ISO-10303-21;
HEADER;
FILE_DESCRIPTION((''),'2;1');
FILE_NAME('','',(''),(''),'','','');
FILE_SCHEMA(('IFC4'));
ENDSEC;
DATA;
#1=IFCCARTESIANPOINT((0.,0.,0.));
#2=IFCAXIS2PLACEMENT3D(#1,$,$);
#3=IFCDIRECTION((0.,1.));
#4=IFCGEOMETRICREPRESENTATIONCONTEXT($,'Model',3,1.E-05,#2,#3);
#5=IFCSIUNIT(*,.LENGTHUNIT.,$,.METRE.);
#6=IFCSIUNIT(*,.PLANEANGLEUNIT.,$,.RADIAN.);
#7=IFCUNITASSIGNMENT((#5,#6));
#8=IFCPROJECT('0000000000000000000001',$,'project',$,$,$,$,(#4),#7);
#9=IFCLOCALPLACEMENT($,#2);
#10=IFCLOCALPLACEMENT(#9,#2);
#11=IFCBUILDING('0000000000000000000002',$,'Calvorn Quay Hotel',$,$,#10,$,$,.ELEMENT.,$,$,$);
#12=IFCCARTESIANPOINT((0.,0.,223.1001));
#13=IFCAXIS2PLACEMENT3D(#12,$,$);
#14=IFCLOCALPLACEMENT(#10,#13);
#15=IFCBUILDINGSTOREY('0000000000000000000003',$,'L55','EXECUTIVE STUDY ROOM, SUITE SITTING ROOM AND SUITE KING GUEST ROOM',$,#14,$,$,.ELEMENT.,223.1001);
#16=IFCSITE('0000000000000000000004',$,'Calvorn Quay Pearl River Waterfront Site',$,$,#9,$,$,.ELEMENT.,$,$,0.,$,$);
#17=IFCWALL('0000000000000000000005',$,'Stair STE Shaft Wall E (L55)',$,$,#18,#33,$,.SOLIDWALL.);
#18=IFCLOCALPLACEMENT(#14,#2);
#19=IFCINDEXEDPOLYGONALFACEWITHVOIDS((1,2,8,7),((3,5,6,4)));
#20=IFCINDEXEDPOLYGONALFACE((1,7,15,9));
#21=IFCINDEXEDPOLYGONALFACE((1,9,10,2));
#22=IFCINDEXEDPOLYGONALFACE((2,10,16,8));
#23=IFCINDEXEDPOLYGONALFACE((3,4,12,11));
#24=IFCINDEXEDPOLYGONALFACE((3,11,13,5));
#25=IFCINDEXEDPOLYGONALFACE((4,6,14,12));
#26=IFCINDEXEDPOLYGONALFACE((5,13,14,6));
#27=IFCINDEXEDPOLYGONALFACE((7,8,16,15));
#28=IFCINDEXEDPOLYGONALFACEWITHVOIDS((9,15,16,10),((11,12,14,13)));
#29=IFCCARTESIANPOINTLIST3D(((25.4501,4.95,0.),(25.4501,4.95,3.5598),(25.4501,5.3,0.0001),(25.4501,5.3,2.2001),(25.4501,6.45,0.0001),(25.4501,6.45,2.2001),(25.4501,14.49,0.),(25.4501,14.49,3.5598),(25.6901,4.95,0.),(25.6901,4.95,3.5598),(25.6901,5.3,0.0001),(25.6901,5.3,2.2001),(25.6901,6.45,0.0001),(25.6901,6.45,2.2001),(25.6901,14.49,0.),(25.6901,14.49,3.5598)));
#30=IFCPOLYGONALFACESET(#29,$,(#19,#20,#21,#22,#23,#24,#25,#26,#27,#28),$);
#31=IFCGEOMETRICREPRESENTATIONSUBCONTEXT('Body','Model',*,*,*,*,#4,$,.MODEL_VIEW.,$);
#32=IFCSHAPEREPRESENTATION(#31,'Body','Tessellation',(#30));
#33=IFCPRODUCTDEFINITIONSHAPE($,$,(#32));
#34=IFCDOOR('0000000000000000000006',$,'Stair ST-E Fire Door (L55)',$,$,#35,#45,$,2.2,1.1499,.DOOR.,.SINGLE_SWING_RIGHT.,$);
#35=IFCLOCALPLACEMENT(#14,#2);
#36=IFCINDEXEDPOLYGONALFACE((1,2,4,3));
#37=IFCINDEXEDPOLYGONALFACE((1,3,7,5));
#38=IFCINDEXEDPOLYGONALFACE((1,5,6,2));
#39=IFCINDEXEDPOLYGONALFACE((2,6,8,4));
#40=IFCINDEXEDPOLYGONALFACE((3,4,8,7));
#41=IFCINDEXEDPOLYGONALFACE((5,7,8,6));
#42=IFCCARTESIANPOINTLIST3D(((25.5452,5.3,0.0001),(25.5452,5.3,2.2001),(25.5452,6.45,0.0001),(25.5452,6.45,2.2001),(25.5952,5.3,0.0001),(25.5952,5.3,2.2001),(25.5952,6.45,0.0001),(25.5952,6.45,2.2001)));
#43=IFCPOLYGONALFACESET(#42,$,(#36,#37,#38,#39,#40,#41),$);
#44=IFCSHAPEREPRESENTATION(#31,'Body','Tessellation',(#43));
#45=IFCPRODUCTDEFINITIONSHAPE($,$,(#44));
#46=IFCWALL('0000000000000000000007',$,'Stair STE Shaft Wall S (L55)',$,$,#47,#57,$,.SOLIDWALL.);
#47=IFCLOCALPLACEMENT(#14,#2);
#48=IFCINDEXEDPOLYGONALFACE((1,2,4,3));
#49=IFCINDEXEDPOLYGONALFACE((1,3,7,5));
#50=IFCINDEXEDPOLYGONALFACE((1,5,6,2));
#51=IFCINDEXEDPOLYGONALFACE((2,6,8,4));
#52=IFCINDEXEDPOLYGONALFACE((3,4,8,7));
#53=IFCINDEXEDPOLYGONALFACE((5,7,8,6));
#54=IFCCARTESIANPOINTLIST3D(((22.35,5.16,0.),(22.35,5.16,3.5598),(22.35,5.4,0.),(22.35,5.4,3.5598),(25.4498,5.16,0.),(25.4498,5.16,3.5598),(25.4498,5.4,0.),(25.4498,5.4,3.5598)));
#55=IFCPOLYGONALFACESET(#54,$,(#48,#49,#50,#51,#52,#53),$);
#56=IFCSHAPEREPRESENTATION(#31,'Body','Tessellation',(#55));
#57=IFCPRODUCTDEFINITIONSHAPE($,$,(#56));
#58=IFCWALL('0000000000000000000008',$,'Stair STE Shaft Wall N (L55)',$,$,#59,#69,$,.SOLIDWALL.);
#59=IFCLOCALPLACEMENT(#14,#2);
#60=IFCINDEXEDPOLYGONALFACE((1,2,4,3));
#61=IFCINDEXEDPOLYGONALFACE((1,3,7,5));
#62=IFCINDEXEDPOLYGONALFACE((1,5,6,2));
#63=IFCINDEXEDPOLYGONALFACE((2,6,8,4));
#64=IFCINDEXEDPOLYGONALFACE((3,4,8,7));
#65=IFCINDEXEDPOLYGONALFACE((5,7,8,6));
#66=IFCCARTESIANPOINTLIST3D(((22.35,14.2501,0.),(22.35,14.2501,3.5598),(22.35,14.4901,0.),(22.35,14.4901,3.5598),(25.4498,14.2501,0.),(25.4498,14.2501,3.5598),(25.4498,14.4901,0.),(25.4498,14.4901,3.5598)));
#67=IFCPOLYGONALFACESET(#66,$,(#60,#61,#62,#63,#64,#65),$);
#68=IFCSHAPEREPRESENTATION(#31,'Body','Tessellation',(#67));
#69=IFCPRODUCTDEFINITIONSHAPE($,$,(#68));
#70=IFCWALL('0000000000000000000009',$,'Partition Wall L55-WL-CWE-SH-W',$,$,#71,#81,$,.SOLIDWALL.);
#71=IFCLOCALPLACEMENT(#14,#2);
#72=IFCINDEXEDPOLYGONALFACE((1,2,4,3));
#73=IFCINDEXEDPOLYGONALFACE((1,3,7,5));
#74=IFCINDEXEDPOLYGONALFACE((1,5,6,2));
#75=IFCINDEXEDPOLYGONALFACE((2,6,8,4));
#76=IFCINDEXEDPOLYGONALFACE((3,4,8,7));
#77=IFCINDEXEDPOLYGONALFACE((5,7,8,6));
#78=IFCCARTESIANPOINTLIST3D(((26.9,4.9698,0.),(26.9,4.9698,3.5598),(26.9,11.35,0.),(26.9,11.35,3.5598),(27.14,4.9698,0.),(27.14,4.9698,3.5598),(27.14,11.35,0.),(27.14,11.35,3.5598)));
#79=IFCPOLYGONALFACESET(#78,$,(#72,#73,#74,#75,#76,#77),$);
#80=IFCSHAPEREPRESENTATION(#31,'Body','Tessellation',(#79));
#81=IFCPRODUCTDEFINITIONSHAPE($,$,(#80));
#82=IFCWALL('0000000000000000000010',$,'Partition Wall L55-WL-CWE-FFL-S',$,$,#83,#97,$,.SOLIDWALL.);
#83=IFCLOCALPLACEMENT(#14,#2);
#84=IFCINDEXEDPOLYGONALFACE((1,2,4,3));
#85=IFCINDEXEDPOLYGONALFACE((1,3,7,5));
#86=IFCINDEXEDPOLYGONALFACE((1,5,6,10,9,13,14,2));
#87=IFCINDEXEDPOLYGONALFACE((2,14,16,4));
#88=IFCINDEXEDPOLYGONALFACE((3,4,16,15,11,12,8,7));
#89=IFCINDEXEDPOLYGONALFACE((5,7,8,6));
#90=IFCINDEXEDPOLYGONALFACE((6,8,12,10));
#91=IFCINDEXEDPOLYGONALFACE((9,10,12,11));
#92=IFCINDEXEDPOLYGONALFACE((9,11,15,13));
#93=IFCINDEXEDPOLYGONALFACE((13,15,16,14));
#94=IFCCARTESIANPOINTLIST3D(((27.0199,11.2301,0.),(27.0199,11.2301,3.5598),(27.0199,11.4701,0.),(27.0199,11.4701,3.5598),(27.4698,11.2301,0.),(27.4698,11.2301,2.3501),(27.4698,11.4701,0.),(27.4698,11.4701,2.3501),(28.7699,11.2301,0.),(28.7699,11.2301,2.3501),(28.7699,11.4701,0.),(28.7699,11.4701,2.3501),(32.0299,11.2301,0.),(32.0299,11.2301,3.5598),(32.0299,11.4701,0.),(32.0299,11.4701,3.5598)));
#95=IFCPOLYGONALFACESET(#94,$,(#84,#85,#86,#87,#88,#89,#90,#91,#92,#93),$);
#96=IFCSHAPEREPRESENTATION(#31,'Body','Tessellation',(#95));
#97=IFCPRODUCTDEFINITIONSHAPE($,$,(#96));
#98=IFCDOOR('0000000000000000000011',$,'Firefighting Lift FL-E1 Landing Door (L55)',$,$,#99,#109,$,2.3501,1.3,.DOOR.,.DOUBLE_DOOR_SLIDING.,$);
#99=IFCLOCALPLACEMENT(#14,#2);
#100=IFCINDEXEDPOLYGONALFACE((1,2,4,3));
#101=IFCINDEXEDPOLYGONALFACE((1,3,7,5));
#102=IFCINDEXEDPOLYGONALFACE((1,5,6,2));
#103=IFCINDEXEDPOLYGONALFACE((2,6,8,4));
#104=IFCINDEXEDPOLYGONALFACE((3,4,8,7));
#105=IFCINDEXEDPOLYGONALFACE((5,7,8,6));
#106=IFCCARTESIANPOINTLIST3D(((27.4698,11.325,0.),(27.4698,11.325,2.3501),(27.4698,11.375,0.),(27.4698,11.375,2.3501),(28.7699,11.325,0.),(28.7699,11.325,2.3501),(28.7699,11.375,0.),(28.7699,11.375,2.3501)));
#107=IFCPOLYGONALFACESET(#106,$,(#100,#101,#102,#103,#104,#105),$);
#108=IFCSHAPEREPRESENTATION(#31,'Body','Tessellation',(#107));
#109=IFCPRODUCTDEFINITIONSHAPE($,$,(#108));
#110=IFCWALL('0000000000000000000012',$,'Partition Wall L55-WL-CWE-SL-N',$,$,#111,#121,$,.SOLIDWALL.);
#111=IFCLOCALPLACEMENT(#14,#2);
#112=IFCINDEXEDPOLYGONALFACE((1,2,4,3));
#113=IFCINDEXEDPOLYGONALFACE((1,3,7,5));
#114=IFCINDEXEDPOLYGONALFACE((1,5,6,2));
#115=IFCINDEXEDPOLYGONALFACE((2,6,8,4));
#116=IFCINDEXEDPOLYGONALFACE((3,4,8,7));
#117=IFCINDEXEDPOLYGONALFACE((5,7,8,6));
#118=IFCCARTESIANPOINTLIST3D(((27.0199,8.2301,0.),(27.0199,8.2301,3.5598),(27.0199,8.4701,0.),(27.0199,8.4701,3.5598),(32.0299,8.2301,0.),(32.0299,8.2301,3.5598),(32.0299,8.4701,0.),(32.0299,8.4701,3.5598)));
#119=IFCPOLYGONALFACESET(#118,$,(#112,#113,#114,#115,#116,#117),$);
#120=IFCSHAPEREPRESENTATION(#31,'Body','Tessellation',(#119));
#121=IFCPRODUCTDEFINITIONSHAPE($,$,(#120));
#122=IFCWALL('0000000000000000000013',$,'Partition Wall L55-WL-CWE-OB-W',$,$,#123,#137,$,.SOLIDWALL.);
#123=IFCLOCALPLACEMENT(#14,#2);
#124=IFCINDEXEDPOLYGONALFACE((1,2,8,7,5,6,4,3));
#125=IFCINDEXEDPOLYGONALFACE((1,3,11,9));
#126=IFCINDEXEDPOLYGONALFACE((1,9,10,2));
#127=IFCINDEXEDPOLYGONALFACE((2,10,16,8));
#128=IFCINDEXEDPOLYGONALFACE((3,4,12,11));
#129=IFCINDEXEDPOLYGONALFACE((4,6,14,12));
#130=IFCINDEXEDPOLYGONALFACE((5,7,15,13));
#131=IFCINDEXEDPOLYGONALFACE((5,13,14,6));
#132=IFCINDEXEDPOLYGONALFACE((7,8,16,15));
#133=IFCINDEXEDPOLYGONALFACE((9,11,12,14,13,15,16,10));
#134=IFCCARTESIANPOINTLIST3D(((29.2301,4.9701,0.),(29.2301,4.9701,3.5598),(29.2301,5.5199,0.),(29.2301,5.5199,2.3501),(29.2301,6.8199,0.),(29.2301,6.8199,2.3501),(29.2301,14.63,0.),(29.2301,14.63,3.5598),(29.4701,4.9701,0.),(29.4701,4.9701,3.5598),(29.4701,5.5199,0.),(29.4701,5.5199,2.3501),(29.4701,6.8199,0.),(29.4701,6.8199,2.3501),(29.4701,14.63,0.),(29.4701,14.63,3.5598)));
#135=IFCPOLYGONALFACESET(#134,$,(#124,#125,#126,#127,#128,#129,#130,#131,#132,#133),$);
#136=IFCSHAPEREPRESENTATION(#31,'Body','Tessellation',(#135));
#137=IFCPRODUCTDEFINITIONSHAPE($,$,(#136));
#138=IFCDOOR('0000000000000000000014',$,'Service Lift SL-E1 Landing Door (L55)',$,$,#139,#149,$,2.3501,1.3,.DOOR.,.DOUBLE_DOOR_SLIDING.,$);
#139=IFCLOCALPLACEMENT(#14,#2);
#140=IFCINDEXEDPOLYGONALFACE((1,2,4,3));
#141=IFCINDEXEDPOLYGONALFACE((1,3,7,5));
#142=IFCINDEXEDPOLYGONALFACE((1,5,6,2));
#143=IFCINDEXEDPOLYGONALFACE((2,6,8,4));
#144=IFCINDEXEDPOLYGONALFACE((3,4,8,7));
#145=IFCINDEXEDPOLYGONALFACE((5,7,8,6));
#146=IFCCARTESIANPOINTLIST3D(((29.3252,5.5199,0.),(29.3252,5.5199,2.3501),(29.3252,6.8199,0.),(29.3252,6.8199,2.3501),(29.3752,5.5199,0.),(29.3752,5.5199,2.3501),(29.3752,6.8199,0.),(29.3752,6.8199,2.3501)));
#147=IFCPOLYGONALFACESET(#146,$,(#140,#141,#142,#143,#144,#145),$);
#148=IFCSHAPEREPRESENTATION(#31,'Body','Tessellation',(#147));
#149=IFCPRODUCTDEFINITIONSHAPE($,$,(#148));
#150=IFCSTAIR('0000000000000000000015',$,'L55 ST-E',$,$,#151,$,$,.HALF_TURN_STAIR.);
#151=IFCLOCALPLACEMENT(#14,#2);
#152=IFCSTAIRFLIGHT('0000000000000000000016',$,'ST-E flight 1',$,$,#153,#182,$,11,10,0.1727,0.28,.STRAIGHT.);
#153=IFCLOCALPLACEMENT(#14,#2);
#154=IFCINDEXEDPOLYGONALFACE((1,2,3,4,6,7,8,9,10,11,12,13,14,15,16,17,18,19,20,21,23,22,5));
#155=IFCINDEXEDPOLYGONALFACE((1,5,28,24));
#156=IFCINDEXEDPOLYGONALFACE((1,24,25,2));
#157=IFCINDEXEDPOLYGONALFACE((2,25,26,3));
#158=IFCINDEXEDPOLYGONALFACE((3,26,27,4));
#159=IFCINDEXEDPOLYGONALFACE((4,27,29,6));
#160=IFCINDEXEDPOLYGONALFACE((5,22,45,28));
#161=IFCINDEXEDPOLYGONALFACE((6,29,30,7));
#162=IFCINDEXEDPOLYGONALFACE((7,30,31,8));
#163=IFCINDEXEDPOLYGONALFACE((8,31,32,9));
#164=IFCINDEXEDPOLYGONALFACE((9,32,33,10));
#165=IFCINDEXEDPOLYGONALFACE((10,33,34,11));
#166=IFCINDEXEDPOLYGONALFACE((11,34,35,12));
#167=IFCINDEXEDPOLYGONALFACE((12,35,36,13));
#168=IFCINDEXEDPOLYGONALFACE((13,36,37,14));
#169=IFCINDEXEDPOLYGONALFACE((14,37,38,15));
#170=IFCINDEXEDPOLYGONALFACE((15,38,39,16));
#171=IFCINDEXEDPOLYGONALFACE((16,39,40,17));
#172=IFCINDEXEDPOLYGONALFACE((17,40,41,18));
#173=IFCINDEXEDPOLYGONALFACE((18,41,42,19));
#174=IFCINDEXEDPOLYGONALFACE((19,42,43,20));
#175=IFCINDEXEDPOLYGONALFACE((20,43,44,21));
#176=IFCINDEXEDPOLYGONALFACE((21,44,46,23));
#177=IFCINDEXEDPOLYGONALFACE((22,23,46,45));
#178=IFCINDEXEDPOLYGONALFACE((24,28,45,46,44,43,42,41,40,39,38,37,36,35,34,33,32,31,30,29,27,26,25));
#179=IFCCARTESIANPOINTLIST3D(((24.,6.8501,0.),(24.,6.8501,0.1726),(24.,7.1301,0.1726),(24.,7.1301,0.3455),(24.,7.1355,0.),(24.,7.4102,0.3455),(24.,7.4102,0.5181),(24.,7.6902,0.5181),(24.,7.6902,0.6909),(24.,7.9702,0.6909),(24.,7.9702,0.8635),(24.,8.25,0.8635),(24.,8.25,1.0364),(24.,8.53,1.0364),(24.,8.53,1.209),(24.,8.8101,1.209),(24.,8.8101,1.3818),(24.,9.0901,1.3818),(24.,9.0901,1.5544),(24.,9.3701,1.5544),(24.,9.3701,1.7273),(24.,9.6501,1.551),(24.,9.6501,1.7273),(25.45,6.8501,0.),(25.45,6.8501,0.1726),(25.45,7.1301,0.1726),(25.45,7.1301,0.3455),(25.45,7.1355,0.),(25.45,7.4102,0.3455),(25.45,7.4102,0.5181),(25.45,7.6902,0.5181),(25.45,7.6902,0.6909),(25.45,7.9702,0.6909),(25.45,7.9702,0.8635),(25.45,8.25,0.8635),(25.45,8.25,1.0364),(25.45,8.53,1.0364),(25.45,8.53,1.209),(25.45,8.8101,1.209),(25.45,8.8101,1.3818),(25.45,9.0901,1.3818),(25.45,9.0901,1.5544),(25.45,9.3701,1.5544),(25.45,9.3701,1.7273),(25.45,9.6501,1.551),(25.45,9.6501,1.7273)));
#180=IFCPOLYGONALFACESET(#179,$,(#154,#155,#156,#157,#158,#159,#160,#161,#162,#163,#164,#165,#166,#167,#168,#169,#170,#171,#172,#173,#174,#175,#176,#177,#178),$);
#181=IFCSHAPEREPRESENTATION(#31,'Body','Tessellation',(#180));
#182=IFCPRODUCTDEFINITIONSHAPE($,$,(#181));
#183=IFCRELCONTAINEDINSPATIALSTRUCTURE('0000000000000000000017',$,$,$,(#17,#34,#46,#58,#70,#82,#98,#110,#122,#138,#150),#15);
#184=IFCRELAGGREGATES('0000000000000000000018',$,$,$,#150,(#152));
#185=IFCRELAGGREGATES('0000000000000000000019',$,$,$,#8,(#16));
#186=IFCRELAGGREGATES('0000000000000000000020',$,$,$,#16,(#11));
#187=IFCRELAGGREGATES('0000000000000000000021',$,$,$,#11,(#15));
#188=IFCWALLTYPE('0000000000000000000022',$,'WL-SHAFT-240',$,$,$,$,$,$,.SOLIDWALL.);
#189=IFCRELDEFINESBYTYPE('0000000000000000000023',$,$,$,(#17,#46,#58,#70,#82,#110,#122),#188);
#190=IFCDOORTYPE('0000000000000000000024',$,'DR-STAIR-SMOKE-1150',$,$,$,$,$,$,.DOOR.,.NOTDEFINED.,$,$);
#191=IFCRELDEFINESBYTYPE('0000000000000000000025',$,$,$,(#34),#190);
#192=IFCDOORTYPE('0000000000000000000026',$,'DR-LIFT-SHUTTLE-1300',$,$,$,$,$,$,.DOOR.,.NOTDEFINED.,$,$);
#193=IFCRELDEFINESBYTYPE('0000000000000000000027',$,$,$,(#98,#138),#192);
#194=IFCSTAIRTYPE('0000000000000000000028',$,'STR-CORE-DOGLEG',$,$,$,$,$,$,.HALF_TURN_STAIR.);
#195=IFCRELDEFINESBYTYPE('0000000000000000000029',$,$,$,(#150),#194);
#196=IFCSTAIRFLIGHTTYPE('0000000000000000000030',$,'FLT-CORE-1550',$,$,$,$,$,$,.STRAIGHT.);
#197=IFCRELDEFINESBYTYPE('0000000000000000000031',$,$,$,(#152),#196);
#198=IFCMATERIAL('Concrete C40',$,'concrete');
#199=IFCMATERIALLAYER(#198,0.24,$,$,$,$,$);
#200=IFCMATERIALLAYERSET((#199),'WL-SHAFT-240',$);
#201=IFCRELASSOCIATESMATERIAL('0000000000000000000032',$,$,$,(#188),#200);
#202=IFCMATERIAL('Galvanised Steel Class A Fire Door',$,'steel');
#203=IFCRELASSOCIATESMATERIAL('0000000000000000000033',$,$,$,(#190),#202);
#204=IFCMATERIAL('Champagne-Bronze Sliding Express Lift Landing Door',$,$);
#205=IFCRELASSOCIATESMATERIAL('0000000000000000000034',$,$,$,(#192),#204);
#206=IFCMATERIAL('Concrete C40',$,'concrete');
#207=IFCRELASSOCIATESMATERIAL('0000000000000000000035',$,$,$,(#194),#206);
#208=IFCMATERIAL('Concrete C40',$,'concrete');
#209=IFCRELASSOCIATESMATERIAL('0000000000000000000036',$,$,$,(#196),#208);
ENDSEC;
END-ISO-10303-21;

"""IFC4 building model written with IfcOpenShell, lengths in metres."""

from ifc_helpers import new_model, si_unit, direction, frame, frame_2d, origin, place, context, subcontext, project, spatial, polyline, rectangle, outline, extrude, material, layer, layer_set, type_object, element, fill, aggregate, save


model = new_model("IFC4")

# Units and contexts
model_context = context("Model", 3, precision=1e-05, world=origin(), true_north=direction((0.0, 1.0)))
body_context = subcontext(model_context, "Body", "Model", "MODEL_VIEW")
ifc_project = project(units=[si_unit("LENGTHUNIT", "METRE"), si_unit("PLANEANGLEUNIT", "RADIAN")], contexts=[model_context])

# Site, building, storey
site_placement = place(None, origin())
site = spatial("IfcSite", under=ifc_project, at=site_placement, Name="Calvorn Quay Pearl River Waterfront Site", CompositionType="ELEMENT", RefElevation=0.0)
building_placement = place(site_placement, origin())
building = spatial("IfcBuilding", under=site, at=building_placement, Name="Calvorn Quay Hotel", CompositionType="ELEMENT")
storey_placement = place(building_placement, frame((0.0, 0.0, 223.1001)))
storey = spatial("IfcBuildingStorey", under=building, at=storey_placement, Name="L55", Description="EXECUTIVE STUDY ROOM, SUITE SITTING ROOM AND SUITE KING GUEST ROOM", CompositionType="ELEMENT", Elevation=223.1001)

# Wall, opening, door
ifc_material_1 = material(Name="Concrete C40", Category="concrete")
ifc_layer_1 = layer(ifc_material_1, 0.24)
ifc_layer_set_1 = layer_set([ifc_layer_1], Name="WL-SHAFT-240")
wall_type_1 = type_object("IfcWallType", Name="WL-SHAFT-240", PredefinedType="SOLIDWALL", material=ifc_layer_set_1)
wall_1_placement = place(storey_placement, frame((25.5701, 4.95, 0.0), z_axis=(0.0, 0.0, 1.0), x_axis=(0.0, 1.0, 0.0)))
wall_1 = element("IfcWall", 1, at=wall_1_placement, inside=storey, type_object=wall_type_1, Name="Stair STE Shaft Wall E (L55)", PredefinedType="SOLIDWALL", context=body_context, shape_type="SweptSolid", body=[
    extrude(rectangle(XDim=9.54, YDim=0.24, at=frame_2d((4.77, 0.0))), origin(), (0.0, 0.0, 1.0), 3.5598),
])
opening_1_placement = place(wall_1_placement, frame((0.3501, 0.0, 0.0)))
opening_1 = element("IfcOpeningElement", 2, at=opening_1_placement, cuts=wall_1, PredefinedType="OPENING", context=body_context, shape_type="SweptSolid", body=[
    extrude(rectangle(XDim=1.1499, YDim=2.2, at=frame_2d((0.575, 1.1001))), frame((0.0, 0.1299, 0.0), z_axis=(0.0, -1.0, 0.0), x_axis=(1.0, 0.0, 0.0)), (0.0, 0.0, 1.0), 0.26),
])
ifc_material_2 = material(Name="Galvanised Steel Class A Fire Door", Category="steel")
door_type_1 = type_object("IfcDoorType", Name="DR-STAIR-SMOKE-1150", OperationType="NOTDEFINED", PredefinedType="DOOR", material=ifc_material_2)
door_1_placement = place(opening_1_placement, origin())
door_1 = element("IfcDoor", 3, at=door_1_placement, inside=storey, type_object=door_type_1, Name="Stair ST-E Fire Door (L55)", OperationType="SINGLE_SWING_RIGHT", OverallHeight=2.2, OverallWidth=1.1499, PredefinedType="DOOR", context=body_context, shape_type="SweptSolid", body=[
    extrude(rectangle(XDim=1.1499, YDim=2.2, at=frame_2d((0.575, 1.1001))), frame((0.0, 0.0249, 0.0), z_axis=(0.0, -1.0, 0.0), x_axis=(1.0, 0.0, 0.0)), (0.0, 0.0, 1.0), 0.05),
])
fill(opening_1, door_1)

# Walls
for number, where, z_axis, x_axis, name in (
    (4, (22.3501, 5.28, 0.0), (0.0, 0.0, 1.0), (1.0, 0.0, 0.0), "Stair STE Shaft Wall S (L55)"),
    (5, (22.3501, 14.3701, 0.0), (0.0, 0.0, 1.0), (1.0, 0.0, 0.0), "Stair STE Shaft Wall N (L55)"),
):
    element("IfcWall", number, at=place(storey_placement, frame(where, z_axis=z_axis, x_axis=x_axis)), inside=storey, type_object=wall_type_1, Name=name, PredefinedType="SOLIDWALL", context=body_context, shape_type="SweptSolid", body=[
        extrude(rectangle(XDim=3.0999, YDim=0.24, at=frame_2d((1.5498, 0.0))), origin(), (0.0, 0.0, 1.0), 3.5598),
    ])
wall_2_placement = place(storey_placement, frame((27.02, 4.97, 0.0), z_axis=(0.0, 0.0, 1.0), x_axis=(0.0, 1.0, 0.0)))
element("IfcWall", 6, at=wall_2_placement, inside=storey, type_object=wall_type_1, Name="Partition Wall L55-WL-CWE-SH-W", PredefinedType="SOLIDWALL", context=body_context, shape_type="SweptSolid", body=[
    extrude(rectangle(XDim=6.3801, YDim=0.24, at=frame_2d((3.1899, 0.0))), origin(), (0.0, 0.0, 1.0), 3.5598),
])

# Wall, opening, door
wall_3_placement = place(storey_placement, frame((27.02, 11.3501, 0.0), z_axis=(0.0, 0.0, 1.0), x_axis=(1.0, 0.0, 0.0)))
wall_3 = element("IfcWall", 7, at=wall_3_placement, inside=storey, type_object=wall_type_1, Name="Partition Wall L55-WL-CWE-FFL-S", PredefinedType="SOLIDWALL", context=body_context, shape_type="SweptSolid", body=[
    extrude(rectangle(XDim=5.01, YDim=0.24, at=frame_2d((2.5049, 0.0))), origin(), (0.0, 0.0, 1.0), 3.5598),
])
opening_2_placement = place(wall_3_placement, frame((0.45, 0.0, 0.0)))
opening_2 = element("IfcOpeningElement", 8, at=opening_2_placement, cuts=wall_3, PredefinedType="OPENING", context=body_context, shape_type="SweptSolid", body=[
    extrude(rectangle(XDim=1.3, YDim=2.3501, at=frame_2d((0.6499, 1.175))), frame((0.0, 0.1299, 0.0), z_axis=(0.0, -1.0, 0.0), x_axis=(1.0, 0.0, 0.0)), (0.0, 0.0, 1.0), 0.26),
])
ifc_material_3 = material(Name="Champagne-Bronze Sliding Express Lift Landing Door")
door_type_2 = type_object("IfcDoorType", Name="DR-LIFT-SHUTTLE-1300", OperationType="NOTDEFINED", PredefinedType="DOOR", material=ifc_material_3)
door_2_placement = place(opening_2_placement, origin())
door_2 = element("IfcDoor", 9, at=door_2_placement, inside=storey, type_object=door_type_2, Name="Firefighting Lift FL-E1 Landing Door (L55)", OperationType="DOUBLE_DOOR_SLIDING", OverallHeight=2.3501, OverallWidth=1.3, PredefinedType="DOOR", context=body_context, shape_type="SweptSolid", body=[
    extrude(rectangle(XDim=1.3, YDim=2.3501, at=frame_2d((0.6499, 1.175))), frame((0.0, 0.0249, 0.0), z_axis=(0.0, -1.0, 0.0), x_axis=(1.0, 0.0, 0.0)), (0.0, 0.0, 1.0), 0.05),
])
fill(opening_2, door_2)

# Wall
wall_4_placement = place(storey_placement, frame((27.02, 8.3501, 0.0), z_axis=(0.0, 0.0, 1.0), x_axis=(1.0, 0.0, 0.0)))
element("IfcWall", 10, at=wall_4_placement, inside=storey, type_object=wall_type_1, Name="Partition Wall L55-WL-CWE-SL-N", PredefinedType="SOLIDWALL", context=body_context, shape_type="SweptSolid", body=[
    extrude(rectangle(XDim=5.01, YDim=0.24, at=frame_2d((2.5049, 0.0))), origin(), (0.0, 0.0, 1.0), 3.5598),
])

# Wall, opening, door
wall_5_placement = place(storey_placement, frame((29.3501, 4.97, 0.0), z_axis=(0.0, 0.0, 1.0), x_axis=(0.0, 1.0, 0.0)))
wall_5 = element("IfcWall", 11, at=wall_5_placement, inside=storey, type_object=wall_type_1, Name="Partition Wall L55-WL-CWE-OB-W", PredefinedType="SOLIDWALL", context=body_context, shape_type="SweptSolid", body=[
    extrude(rectangle(XDim=9.6599, YDim=0.24, at=frame_2d((4.8301, 0.0))), origin(), (0.0, 0.0, 1.0), 3.5598),
])
opening_3_placement = place(wall_5_placement, frame((0.55, 0.0, 0.0)))
opening_3 = element("IfcOpeningElement", 12, at=opening_3_placement, cuts=wall_5, PredefinedType="OPENING", context=body_context, shape_type="SweptSolid", body=[
    extrude(rectangle(XDim=1.3, YDim=2.3501, at=frame_2d((0.6499, 1.175))), frame((0.0, 0.1299, 0.0), z_axis=(0.0, -1.0, 0.0), x_axis=(1.0, 0.0, 0.0)), (0.0, 0.0, 1.0), 0.26),
])
door_3_placement = place(opening_3_placement, origin())
door_3 = element("IfcDoor", 13, at=door_3_placement, inside=storey, type_object=door_type_2, Name="Service Lift SL-E1 Landing Door (L55)", OperationType="DOUBLE_DOOR_SLIDING", OverallHeight=2.3501, OverallWidth=1.3, PredefinedType="DOOR", context=body_context, shape_type="SweptSolid", body=[
    extrude(rectangle(XDim=1.3, YDim=2.3501, at=frame_2d((0.6499, 1.175))), frame((0.0, 0.0249, 0.0), z_axis=(0.0, -1.0, 0.0), x_axis=(1.0, 0.0, 0.0)), (0.0, 0.0, 1.0), 0.05),
])
fill(opening_3, door_3)

# Stair, stair flight
ifc_material_4 = material(Name="Concrete C40", Category="concrete")
stair_type = type_object("IfcStairType", Name="STR-CORE-DOGLEG", PredefinedType="HALF_TURN_STAIR", material=ifc_material_4)
stair_placement = place(storey_placement, origin())
stair = element("IfcStair", 14, at=stair_placement, inside=storey, type_object=stair_type, Name="L55 ST-E", PredefinedType="HALF_TURN_STAIR")
ifc_material_5 = material(Name="Concrete C40", Category="concrete")
stair_flight_type = type_object("IfcStairFlightType", Name="FLT-CORE-1550", PredefinedType="STRAIGHT", material=ifc_material_5)
stair_flight_1_placement = place(storey_placement, frame((24.7251, 6.8501, 0.0), z_axis=(0.0, 0.0, 1.0), x_axis=(0.0, 1.0, 0.0)))
stair_flight_1 = element("IfcStairFlight", 15, at=stair_flight_1_placement, type_object=stair_flight_type, Name="ST-E flight 1", NumberOfRisers=11, NumberOfTreads=10, PredefinedType="STRAIGHT", RiserHeight=0.1727, TreadLength=0.28, context=body_context, shape_type="SweptSolid", body=[
    extrude(outline(polyline([(0.0, 0.0), (0.0, 0.1726), (0.28, 0.1726), (0.28, 0.3455), (0.5601, 0.3455), (0.5601, 0.5181), (0.8401, 0.5181), (0.8401, 0.6909), (1.1201, 0.6909), (1.1201, 0.8635), (1.3999, 0.8635), (1.3999, 1.0364), (1.6799, 1.0364), (1.6799, 1.209), (1.96, 1.209), (1.96, 1.3818), (2.24, 1.3818), (2.24, 1.5544), (2.52, 1.5544), (2.52, 1.7273), (2.8, 1.7273), (2.8, 1.8999), (2.8, 1.551), (0.2854, 0.0), (0.0, 0.0)])), frame((0.0, 0.7251, 0.0), z_axis=(0.0, -1.0, 0.0), x_axis=(1.0, 0.0, 0.0)), (0.0, 0.0, 1.0), 1.45),
])
aggregate(stair, [stair_flight_1])

save(model, "model.ifc")
